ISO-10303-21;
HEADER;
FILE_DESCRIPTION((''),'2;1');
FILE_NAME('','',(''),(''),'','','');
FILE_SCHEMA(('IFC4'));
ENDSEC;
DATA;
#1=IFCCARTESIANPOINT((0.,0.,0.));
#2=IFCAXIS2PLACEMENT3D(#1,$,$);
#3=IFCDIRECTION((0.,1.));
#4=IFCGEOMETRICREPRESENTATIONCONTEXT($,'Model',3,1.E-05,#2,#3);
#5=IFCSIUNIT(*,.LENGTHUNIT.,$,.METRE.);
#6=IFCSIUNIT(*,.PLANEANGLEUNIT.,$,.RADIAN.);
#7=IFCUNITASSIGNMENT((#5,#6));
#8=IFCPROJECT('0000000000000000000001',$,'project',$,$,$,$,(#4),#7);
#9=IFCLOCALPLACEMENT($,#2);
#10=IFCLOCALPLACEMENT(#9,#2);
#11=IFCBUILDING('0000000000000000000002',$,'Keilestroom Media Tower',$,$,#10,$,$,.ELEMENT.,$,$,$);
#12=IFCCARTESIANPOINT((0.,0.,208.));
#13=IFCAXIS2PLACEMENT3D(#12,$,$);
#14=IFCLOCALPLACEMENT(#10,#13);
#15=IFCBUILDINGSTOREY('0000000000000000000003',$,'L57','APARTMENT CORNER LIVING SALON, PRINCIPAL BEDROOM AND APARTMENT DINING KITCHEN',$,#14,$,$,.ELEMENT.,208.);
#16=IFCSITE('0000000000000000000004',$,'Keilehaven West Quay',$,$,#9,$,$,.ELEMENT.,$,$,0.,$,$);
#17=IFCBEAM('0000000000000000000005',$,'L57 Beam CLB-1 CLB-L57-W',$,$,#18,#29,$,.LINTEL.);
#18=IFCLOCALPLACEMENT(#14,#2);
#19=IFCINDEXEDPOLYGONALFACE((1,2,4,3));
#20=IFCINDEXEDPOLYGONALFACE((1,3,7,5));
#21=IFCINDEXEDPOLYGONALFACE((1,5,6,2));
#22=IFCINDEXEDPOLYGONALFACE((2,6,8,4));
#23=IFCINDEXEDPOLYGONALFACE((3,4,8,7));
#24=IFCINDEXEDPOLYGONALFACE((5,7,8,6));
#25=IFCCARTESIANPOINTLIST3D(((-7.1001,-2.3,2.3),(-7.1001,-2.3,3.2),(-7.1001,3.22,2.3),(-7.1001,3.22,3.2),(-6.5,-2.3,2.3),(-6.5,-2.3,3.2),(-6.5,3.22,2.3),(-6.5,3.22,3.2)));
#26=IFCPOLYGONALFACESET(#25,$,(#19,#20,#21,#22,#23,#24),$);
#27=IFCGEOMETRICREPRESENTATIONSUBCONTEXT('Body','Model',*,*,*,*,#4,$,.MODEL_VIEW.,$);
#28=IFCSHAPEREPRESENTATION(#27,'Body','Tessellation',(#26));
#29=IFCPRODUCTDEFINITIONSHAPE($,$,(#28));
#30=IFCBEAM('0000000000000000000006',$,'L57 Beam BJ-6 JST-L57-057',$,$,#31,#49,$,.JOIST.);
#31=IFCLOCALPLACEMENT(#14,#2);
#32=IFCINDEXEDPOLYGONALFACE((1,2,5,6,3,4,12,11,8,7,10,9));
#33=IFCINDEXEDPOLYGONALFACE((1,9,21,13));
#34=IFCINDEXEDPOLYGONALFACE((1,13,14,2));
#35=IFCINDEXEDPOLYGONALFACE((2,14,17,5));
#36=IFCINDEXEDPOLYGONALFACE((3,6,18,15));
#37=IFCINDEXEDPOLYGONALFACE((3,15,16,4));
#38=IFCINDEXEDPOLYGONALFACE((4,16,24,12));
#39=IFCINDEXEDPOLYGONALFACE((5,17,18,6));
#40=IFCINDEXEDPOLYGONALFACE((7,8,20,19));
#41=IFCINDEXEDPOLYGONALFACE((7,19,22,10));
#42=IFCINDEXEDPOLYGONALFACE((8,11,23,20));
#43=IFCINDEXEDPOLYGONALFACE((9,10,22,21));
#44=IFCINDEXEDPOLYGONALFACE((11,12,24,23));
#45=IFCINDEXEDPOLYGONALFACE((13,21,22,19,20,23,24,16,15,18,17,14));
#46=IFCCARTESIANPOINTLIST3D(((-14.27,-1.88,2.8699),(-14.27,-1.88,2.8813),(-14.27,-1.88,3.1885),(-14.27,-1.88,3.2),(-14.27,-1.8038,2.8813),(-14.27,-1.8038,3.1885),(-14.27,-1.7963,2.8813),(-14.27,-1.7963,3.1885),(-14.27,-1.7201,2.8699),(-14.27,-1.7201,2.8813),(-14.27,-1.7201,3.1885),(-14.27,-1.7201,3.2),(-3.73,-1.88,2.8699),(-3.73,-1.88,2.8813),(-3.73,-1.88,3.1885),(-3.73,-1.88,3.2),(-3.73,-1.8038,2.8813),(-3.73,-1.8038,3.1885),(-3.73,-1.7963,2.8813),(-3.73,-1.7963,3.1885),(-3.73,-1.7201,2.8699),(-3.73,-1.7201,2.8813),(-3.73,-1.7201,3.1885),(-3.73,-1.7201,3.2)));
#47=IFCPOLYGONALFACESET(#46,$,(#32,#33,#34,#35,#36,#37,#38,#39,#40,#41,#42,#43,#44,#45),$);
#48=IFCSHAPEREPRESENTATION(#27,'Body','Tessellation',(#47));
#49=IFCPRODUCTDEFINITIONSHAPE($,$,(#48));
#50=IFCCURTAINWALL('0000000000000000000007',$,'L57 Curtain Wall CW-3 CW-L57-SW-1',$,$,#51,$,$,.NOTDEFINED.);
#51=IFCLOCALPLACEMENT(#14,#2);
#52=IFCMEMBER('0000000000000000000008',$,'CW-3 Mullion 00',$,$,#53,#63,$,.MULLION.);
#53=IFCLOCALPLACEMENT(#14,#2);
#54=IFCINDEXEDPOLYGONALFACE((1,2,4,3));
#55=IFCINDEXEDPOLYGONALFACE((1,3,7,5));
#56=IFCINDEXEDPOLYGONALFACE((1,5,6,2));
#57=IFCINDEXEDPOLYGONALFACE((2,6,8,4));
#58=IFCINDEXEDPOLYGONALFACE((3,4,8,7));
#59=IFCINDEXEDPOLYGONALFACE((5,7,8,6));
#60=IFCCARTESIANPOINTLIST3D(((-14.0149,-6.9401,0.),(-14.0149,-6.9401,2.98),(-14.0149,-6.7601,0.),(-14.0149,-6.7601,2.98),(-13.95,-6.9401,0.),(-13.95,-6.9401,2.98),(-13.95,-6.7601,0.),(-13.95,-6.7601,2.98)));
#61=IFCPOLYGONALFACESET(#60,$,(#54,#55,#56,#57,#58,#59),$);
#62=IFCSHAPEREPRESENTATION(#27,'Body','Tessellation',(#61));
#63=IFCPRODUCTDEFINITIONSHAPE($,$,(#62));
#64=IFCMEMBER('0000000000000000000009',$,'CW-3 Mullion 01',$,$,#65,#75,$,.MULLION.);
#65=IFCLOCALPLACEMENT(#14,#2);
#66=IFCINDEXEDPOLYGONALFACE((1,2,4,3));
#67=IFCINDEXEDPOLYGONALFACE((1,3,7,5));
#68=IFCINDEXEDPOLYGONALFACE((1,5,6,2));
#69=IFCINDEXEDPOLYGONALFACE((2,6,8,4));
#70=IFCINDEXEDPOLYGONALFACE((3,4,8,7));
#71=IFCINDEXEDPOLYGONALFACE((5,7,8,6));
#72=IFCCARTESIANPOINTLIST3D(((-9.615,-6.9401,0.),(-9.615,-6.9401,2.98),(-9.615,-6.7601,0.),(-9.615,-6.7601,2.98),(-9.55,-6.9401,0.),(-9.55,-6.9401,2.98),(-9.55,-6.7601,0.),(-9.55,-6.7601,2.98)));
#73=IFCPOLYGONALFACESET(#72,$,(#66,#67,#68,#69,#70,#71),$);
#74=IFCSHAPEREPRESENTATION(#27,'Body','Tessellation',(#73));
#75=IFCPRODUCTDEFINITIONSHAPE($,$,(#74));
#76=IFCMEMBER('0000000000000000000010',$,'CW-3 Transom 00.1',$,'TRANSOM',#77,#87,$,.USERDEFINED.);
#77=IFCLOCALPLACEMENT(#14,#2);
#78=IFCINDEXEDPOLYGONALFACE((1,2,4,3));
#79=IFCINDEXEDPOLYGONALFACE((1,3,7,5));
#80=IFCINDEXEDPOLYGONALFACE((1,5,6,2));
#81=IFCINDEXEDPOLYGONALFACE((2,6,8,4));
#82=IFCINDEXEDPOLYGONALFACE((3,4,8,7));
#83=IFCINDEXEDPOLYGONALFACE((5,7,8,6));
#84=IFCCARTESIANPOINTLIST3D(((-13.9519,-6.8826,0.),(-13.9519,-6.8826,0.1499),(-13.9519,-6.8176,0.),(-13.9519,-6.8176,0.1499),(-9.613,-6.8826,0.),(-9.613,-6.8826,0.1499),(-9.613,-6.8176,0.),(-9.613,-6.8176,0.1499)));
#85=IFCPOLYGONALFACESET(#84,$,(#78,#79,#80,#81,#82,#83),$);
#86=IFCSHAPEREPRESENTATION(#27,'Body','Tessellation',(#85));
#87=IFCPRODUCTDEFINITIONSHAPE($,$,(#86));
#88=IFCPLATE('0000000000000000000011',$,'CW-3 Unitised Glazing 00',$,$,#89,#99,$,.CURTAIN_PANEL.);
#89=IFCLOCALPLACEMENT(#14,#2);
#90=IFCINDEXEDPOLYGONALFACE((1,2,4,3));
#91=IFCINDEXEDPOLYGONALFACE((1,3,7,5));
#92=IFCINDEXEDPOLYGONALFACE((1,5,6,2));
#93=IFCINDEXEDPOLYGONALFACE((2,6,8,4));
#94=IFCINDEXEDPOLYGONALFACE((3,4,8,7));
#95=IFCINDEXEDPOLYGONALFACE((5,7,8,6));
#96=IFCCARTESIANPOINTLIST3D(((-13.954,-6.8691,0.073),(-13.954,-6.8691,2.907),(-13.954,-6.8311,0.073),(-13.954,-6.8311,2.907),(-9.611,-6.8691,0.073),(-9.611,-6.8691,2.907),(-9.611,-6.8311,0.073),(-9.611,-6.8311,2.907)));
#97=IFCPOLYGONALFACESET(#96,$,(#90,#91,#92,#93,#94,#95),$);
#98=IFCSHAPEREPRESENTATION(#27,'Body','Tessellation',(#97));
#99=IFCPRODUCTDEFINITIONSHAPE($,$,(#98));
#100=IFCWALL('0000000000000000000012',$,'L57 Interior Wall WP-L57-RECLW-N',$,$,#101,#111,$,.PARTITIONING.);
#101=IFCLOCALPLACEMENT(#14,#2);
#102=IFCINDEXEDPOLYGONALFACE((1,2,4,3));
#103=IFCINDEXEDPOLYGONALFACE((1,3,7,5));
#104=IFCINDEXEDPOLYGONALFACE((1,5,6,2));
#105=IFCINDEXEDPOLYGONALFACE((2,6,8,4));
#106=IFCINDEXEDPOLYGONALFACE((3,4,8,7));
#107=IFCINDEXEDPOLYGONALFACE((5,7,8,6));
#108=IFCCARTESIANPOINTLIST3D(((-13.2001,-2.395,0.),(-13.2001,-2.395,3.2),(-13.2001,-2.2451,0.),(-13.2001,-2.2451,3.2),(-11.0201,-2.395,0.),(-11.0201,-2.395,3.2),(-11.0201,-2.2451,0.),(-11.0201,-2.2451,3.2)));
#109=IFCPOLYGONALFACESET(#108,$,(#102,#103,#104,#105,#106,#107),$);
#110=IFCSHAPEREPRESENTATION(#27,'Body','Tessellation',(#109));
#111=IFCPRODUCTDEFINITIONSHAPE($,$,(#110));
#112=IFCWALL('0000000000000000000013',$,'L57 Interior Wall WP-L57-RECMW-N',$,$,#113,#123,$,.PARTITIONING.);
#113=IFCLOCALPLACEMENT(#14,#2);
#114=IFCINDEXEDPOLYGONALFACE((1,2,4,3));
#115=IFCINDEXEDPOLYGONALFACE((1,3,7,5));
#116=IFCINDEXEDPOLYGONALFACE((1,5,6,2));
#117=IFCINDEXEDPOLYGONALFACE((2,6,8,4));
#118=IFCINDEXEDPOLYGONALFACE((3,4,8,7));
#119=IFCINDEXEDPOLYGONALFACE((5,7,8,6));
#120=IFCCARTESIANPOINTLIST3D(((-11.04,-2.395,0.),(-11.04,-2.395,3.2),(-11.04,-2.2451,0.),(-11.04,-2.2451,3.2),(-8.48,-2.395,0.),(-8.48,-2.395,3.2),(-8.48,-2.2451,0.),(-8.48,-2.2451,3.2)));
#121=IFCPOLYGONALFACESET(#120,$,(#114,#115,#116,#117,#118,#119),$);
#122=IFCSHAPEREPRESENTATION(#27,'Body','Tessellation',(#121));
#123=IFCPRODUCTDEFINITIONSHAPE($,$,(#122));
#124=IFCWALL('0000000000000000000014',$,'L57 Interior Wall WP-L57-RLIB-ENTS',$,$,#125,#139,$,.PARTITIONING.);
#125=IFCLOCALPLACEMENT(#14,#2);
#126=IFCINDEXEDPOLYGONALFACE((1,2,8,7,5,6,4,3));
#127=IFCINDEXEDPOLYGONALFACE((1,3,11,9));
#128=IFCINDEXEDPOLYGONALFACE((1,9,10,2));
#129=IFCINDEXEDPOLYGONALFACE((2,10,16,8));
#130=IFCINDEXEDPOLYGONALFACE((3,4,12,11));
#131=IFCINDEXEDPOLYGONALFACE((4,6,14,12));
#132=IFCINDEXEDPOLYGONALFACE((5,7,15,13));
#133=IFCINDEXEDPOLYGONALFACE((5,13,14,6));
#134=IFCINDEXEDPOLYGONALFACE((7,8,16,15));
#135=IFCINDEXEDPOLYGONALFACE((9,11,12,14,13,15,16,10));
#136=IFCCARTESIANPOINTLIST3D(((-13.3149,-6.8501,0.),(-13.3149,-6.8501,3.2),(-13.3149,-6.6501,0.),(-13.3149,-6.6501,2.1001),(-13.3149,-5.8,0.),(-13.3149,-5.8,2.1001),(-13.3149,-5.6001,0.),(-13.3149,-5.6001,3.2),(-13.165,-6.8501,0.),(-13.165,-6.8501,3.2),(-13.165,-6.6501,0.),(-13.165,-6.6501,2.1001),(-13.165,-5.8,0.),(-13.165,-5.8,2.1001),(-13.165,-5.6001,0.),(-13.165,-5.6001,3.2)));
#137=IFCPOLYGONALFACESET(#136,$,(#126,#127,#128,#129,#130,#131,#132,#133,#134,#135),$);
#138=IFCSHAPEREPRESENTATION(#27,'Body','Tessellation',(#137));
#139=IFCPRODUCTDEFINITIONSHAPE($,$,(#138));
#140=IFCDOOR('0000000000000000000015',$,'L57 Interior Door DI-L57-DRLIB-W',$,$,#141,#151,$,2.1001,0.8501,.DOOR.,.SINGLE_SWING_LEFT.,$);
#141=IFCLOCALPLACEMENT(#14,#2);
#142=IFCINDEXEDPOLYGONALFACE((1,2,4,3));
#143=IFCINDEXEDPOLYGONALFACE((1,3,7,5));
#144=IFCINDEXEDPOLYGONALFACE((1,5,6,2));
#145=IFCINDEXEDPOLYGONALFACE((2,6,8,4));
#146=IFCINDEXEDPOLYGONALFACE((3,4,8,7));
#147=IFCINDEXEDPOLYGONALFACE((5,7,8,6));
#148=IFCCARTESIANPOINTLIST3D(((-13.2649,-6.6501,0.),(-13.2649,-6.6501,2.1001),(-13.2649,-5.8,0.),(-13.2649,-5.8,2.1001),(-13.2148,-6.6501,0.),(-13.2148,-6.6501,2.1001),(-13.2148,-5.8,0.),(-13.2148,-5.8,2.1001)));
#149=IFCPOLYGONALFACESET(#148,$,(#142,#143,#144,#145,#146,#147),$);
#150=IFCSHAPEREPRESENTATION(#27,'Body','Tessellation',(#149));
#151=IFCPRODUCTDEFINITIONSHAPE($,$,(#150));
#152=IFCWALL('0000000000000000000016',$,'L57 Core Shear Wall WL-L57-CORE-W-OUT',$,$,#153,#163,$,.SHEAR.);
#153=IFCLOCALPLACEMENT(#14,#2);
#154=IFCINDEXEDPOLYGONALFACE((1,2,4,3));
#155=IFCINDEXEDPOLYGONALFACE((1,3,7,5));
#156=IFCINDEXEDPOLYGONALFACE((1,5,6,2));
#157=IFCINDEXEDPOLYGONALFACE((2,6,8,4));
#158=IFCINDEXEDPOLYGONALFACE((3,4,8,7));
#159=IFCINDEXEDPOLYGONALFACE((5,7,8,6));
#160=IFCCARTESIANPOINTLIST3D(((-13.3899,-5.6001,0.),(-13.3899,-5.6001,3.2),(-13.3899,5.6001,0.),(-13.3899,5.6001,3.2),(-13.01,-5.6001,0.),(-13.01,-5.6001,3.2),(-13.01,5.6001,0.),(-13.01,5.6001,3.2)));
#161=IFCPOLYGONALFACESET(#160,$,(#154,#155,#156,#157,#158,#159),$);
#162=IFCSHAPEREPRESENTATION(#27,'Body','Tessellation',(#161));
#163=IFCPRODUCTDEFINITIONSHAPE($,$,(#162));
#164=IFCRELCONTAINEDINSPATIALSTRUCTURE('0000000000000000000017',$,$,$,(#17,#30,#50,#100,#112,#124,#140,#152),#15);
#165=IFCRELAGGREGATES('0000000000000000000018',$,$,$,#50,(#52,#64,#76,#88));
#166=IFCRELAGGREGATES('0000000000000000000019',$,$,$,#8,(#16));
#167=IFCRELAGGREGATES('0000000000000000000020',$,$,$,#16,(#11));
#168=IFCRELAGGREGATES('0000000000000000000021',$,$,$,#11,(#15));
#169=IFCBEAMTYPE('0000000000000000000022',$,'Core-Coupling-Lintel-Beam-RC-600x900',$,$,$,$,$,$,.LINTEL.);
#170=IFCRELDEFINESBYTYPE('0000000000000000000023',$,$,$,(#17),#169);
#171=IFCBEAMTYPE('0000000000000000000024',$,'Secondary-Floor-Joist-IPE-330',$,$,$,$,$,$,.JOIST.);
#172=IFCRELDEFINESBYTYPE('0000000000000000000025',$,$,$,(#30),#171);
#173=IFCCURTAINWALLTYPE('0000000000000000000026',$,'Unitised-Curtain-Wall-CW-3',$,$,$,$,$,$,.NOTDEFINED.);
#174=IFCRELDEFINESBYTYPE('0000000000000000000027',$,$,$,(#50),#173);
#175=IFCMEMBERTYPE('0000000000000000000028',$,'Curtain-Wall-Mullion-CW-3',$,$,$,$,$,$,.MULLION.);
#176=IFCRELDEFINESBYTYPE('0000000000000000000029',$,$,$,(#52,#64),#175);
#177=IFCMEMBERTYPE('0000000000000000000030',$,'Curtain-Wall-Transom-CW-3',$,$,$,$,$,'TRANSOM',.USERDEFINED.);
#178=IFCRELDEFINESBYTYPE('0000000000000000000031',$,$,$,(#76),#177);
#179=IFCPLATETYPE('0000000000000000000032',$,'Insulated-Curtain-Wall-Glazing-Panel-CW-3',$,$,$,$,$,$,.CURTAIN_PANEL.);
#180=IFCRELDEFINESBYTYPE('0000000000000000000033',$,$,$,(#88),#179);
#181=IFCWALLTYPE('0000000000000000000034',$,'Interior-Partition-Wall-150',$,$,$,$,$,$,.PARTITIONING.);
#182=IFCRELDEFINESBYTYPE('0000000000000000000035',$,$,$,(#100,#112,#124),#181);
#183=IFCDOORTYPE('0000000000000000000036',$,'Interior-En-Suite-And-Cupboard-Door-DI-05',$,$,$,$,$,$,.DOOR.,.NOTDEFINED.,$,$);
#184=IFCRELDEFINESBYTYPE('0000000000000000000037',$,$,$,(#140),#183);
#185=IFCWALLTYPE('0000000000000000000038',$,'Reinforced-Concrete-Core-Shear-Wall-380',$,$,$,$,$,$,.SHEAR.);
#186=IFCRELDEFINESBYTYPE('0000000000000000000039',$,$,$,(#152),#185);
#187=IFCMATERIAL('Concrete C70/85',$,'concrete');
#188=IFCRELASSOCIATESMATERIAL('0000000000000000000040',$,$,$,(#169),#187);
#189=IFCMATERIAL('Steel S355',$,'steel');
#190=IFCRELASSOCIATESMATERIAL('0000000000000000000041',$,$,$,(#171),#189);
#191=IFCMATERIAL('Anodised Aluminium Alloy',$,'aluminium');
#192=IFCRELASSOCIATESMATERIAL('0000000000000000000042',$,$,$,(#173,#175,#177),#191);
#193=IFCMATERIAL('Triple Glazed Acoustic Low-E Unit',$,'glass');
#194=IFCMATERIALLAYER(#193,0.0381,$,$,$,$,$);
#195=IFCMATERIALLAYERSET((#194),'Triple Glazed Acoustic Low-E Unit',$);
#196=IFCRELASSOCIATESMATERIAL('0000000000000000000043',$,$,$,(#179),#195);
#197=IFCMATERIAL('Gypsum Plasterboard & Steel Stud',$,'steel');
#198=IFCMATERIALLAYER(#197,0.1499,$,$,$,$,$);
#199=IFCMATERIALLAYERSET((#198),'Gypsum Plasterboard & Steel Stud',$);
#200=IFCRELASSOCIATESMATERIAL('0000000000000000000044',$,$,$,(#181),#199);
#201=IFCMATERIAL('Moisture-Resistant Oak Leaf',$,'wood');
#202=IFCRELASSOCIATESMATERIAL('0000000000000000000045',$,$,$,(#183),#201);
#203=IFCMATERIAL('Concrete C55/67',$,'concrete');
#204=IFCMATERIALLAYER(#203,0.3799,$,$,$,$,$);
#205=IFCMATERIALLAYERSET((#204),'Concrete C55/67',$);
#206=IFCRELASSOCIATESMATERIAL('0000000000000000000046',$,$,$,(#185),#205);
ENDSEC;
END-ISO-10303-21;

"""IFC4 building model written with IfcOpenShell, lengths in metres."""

from ifc_helpers import new_model, si_unit, direction, frame, frame_2d, origin, origin_2d, place, context, subcontext, project, spatial, rectangle, i_section, extrude, source, transform, mapped, material, layer, layer_set, material_profile, profile_set, type_object, element, fill, aggregate, save


model = new_model("IFC4")

# Units and contexts
model_context = context("Model", 3, precision=1e-05, world=origin(), true_north=direction((0.0, 1.0)))
body_context = subcontext(model_context, "Body", "Model", "MODEL_VIEW")
ifc_project = project(units=[si_unit("LENGTHUNIT", "METRE"), si_unit("PLANEANGLEUNIT", "RADIAN")], contexts=[model_context])

# Site, building, storey
site_placement = place(None, origin())
site = spatial("IfcSite", under=ifc_project, at=site_placement, Name="Keilehaven West Quay", CompositionType="ELEMENT", RefElevation=0.0)
building_placement = place(site_placement, origin())
building = spatial("IfcBuilding", under=site, at=building_placement, Name="Keilestroom Media Tower", CompositionType="ELEMENT")
storey_placement = place(building_placement, frame((0.0, 0.0, 208.0)))
storey = spatial("IfcBuildingStorey", under=building, at=storey_placement, Name="L57", Description="APARTMENT CORNER LIVING SALON, PRINCIPAL BEDROOM AND APARTMENT DINING KITCHEN", CompositionType="ELEMENT", Elevation=208.0)

# Beams
ifc_material_1 = material(Name="Concrete C70/85", Category="concrete")
ifc_material_profile_1 = material_profile(ifc_material_1, rectangle(XDim=0.6001, YDim=0.8999, at=origin_2d()), Name="RC 600x900")
ifc_profile_set_1 = profile_set([ifc_material_profile_1], Name="Concrete C70/85")
beam_type_1 = type_object("IfcBeamType", Name="Core-Coupling-Lintel-Beam-RC-600x900", PredefinedType="LINTEL", material=ifc_profile_set_1)
shared_shape_1 = source(origin(), body_context, "Body", "SweptSolid", [
    extrude(rectangle(XDim=0.6001, YDim=0.8999, at=origin_2d()), origin(), (0.0, 0.0, 1.0), 5.52),
])
beam_1_placement = place(storey_placement, frame((-6.8, -2.3, 2.75), z_axis=(0.0, 1.0, 0.0), x_axis=(-1.0, 0.0, 0.0)))
element("IfcBeam", 1, at=beam_1_placement, inside=storey, type_object=beam_type_1, Name="L57 Beam CLB-1 CLB-L57-W", PredefinedType="LINTEL", context=body_context, shape_type="MappedRepresentation", body=[
    mapped(shared_shape_1, transform((0.0, 0.0, 0.0), x_axis=(1.0, 0.0, 0.0), y_axis=(0.0, 1.0, 0.0), z_axis=(0.0, 0.0, 1.0), scale=1.0)),
])
ifc_material_2 = material(Name="Steel S355", Category="steel")
ifc_material_profile_2 = material_profile(ifc_material_2, i_section(OverallWidth=0.1599, OverallDepth=0.3301, WebThickness=0.0076, FlangeThickness=0.0115, at=origin_2d()), Name="IPE 330")
ifc_profile_set_2 = profile_set([ifc_material_profile_2], Name="Steel S355")
beam_type_2 = type_object("IfcBeamType", Name="Secondary-Floor-Joist-IPE-330", PredefinedType="JOIST", material=ifc_profile_set_2)
shared_shape_2 = source(origin(), body_context, "Body", "SweptSolid", [
    extrude(i_section(OverallWidth=0.1599, OverallDepth=0.3301, WebThickness=0.0076, FlangeThickness=0.0115, at=origin_2d()), origin(), (0.0, 0.0, 1.0), 10.54),
])
beam_2_placement = place(storey_placement, frame((-14.27, -1.8, 3.0349), z_axis=(1.0, 0.0, 0.0), x_axis=(0.0, 1.0, 0.0)))
element("IfcBeam", 2, at=beam_2_placement, inside=storey, type_object=beam_type_2, Name="L57 Beam BJ-6 JST-L57-057", PredefinedType="JOIST", context=body_context, shape_type="MappedRepresentation", body=[
    mapped(shared_shape_2, transform((0.0, 0.0, 0.0), x_axis=(1.0, 0.0, 0.0), y_axis=(0.0, 1.0, 0.0), z_axis=(0.0, 0.0, 1.0), scale=1.0)),
])

# Curtain wall, members, plate
ifc_material_3 = material(Name="Anodised Aluminium Alloy", Category="aluminium")
curtain_wall_type = type_object("IfcCurtainWallType", Name="Unitised-Curtain-Wall-CW-3", PredefinedType="NOTDEFINED", material=ifc_material_3)
curtain_wall_placement = place(storey_placement, origin())
curtain_wall = element("IfcCurtainWall", 3, at=curtain_wall_placement, inside=storey, type_object=curtain_wall_type, Name="L57 Curtain Wall CW-3 CW-L57-SW-1", PredefinedType="NOTDEFINED")
ifc_material_profile_3 = material_profile(ifc_material_3, rectangle(XDim=0.0649, YDim=0.1799, at=origin_2d()), Name="ALU MULLION 65x180")
ifc_profile_set_3 = profile_set([ifc_material_profile_3], Name="Anodised Aluminium Alloy")
member_type_1 = type_object("IfcMemberType", Name="Curtain-Wall-Mullion-CW-3", PredefinedType="MULLION", material=ifc_profile_set_3)
shared_shape_3 = source(origin(), body_context, "Body", "SweptSolid", [
    extrude(rectangle(XDim=0.0649, YDim=0.1799, at=origin_2d()), origin(), (0.0, 0.0, 1.0), 2.98),
])
member_1_placement = place(storey_placement, frame((-13.9824, -6.8501, 0.0), z_axis=(0.0, 0.0, 1.0), x_axis=(1.0, 0.0, 0.0)))
member_1 = element("IfcMember", 4, at=member_1_placement, type_object=member_type_1, Name="CW-3 Mullion 00", PredefinedType="MULLION", context=body_context, shape_type="MappedRepresentation", body=[
    mapped(shared_shape_3, transform((0.0, 0.0, 0.0), x_axis=(1.0, 0.0, 0.0), y_axis=(0.0, 1.0, 0.0), z_axis=(0.0, 0.0, 1.0), scale=1.0)),
])
member_2_placement = place(storey_placement, frame((-9.5825, -6.8501, 0.0), z_axis=(0.0, 0.0, 1.0), x_axis=(1.0, 0.0, 0.0)))
member_2 = element("IfcMember", 5, at=member_2_placement, type_object=member_type_1, Name="CW-3 Mullion 01", PredefinedType="MULLION", context=body_context, shape_type="MappedRepresentation", body=[
    mapped(shared_shape_3, transform((0.0, 0.0, 0.0), x_axis=(1.0, 0.0, 0.0), y_axis=(0.0, 1.0, 0.0), z_axis=(0.0, 0.0, 1.0), scale=1.0)),
])
ifc_material_profile_4 = material_profile(ifc_material_3, rectangle(XDim=0.0649, YDim=0.1499, at=origin_2d()), Name="ALU TRANSOM 65x150")
ifc_profile_set_4 = profile_set([ifc_material_profile_4], Name="Anodised Aluminium Alloy")
member_type_2 = type_object("IfcMemberType", Name="Curtain-Wall-Transom-CW-3", ElementType="TRANSOM", PredefinedType="USERDEFINED", material=ifc_profile_set_4)
shared_shape_4 = source(origin(), body_context, "Body", "SweptSolid", [
    extrude(rectangle(XDim=0.0649, YDim=0.1499, at=origin_2d()), origin(), (0.0, 0.0, 1.0), 4.3389),
])
member_3_placement = place(storey_placement, frame((-13.9519, -6.8501, 0.075), z_axis=(1.0, 0.0, 0.0), x_axis=(0.0, 1.0, 0.0)))
member_3 = element("IfcMember", 6, at=member_3_placement, type_object=member_type_2, Name="CW-3 Transom 00.1", ObjectType="TRANSOM", PredefinedType="USERDEFINED", context=body_context, shape_type="MappedRepresentation", body=[
    mapped(shared_shape_4, transform((0.0, 0.0, 0.0), x_axis=(1.0, 0.0, 0.0), y_axis=(0.0, 1.0, 0.0), z_axis=(0.0, 0.0, 1.0), scale=1.0)),
])
ifc_material_4 = material(Name="Triple Glazed Acoustic Low-E Unit", Category="glass")
ifc_layer_1 = layer(ifc_material_4, 0.0381)
ifc_layer_set_1 = layer_set([ifc_layer_1], Name="Triple Glazed Acoustic Low-E Unit")
plate_type = type_object("IfcPlateType", Name="Insulated-Curtain-Wall-Glazing-Panel-CW-3", PredefinedType="CURTAIN_PANEL", material=ifc_layer_set_1)
shared_shape_5 = source(origin(), body_context, "Body", "SweptSolid", [
    extrude(rectangle(XDim=4.343, YDim=0.0381, at=origin_2d()), origin(), (0.0, 0.0, 1.0), 2.834),
])
plate_placement = place(storey_placement, frame((-11.7825, -6.8501, 0.073), z_axis=(0.0, 0.0, 1.0), x_axis=(1.0, 0.0, 0.0)))
plate = element("IfcPlate", 7, at=plate_placement, type_object=plate_type, Name="CW-3 Unitised Glazing 00", PredefinedType="CURTAIN_PANEL", context=body_context, shape_type="MappedRepresentation", body=[
    mapped(shared_shape_5, transform((0.0, 0.0, 0.0), x_axis=(1.0, 0.0, 0.0), y_axis=(0.0, 1.0, 0.0), z_axis=(0.0, 0.0, 1.0), scale=1.0)),
])
aggregate(curtain_wall, [member_1, member_2, member_3, plate])

# Walls
ifc_material_5 = material(Name="Gypsum Plasterboard & Steel Stud", Category="steel")
ifc_layer_2 = layer(ifc_material_5, 0.1499)
ifc_layer_set_2 = layer_set([ifc_layer_2], Name="Gypsum Plasterboard & Steel Stud")
wall_type_1 = type_object("IfcWallType", Name="Interior-Partition-Wall-150", PredefinedType="PARTITIONING", material=ifc_layer_set_2)
wall_1_placement = place(storey_placement, frame((-13.2, -2.3201, 0.0), z_axis=(0.0, 0.0, 1.0), x_axis=(1.0, 0.0, 0.0)))
element("IfcWall", 8, at=wall_1_placement, inside=storey, type_object=wall_type_1, Name="L57 Interior Wall WP-L57-RECLW-N", PredefinedType="PARTITIONING", context=body_context, shape_type="SweptSolid", body=[
    extrude(rectangle(XDim=2.1799, YDim=0.1499, at=frame_2d((1.0898, 0.0))), origin(), (0.0, 0.0, 1.0), 3.2),
])
wall_2_placement = place(storey_placement, frame((-11.04, -2.3201, 0.0), z_axis=(0.0, 0.0, 1.0), x_axis=(1.0, 0.0, 0.0)))
element("IfcWall", 9, at=wall_2_placement, inside=storey, type_object=wall_type_1, Name="L57 Interior Wall WP-L57-RECMW-N", PredefinedType="PARTITIONING", context=body_context, shape_type="SweptSolid", body=[
    extrude(rectangle(XDim=2.5601, YDim=0.1499, at=frame_2d((1.28, 0.0))), origin(), (0.0, 0.0, 1.0), 3.2),
])

# Wall, opening, door
wall_3_placement = place(storey_placement, frame((-13.24, -6.8501, 0.0), z_axis=(0.0, 0.0, 1.0), x_axis=(0.0, 1.0, 0.0)))
wall_3 = element("IfcWall", 10, at=wall_3_placement, inside=storey, type_object=wall_type_1, Name="L57 Interior Wall WP-L57-RLIB-ENTS", PredefinedType="PARTITIONING", context=body_context, shape_type="SweptSolid", body=[
    extrude(rectangle(XDim=1.25, YDim=0.1499, at=frame_2d((0.625, 0.0))), origin(), (0.0, 0.0, 1.0), 3.2),
])
opening_1_placement = place(wall_3_placement, frame((0.2, 0.0, 0.0)))
opening_1 = element("IfcOpeningElement", 11, at=opening_1_placement, cuts=wall_3, PredefinedType="OPENING", context=body_context, shape_type="SweptSolid", body=[
    extrude(rectangle(XDim=0.8501, YDim=2.1001, at=frame_2d((0.425, 1.05))), frame((0.0, 0.085, 0.0), z_axis=(0.0, -1.0, 0.0), x_axis=(1.0, 0.0, 0.0)), (0.0, 0.0, 1.0), 0.1699),
])
ifc_material_6 = material(Name="Moisture-Resistant Oak Leaf", Category="wood")
door_type_1 = type_object("IfcDoorType", Name="Interior-En-Suite-And-Cupboard-Door-DI-05", OperationType="NOTDEFINED", PredefinedType="DOOR", material=ifc_material_6)
shared_shape_6 = source(origin(), body_context, "Body", "SweptSolid", [
    extrude(rectangle(XDim=0.8501, YDim=2.1001, at=frame_2d((0.425, 1.05))), frame((0.0, 0.0249, 0.0), z_axis=(0.0, -1.0, 0.0), x_axis=(1.0, 0.0, 0.0)), (0.0, 0.0, 1.0), 0.05),
])
door_1_placement = place(opening_1_placement, origin())
door_1 = element("IfcDoor", 12, at=door_1_placement, inside=storey, type_object=door_type_1, Name="L57 Interior Door DI-L57-DRLIB-W", OperationType="SINGLE_SWING_LEFT", OverallHeight=2.1001, OverallWidth=0.8501, PredefinedType="DOOR", context=body_context, shape_type="MappedRepresentation", body=[
    mapped(shared_shape_6, transform((0.0, 0.0, 0.0), x_axis=(1.0, 0.0, 0.0), y_axis=(0.0, 1.0, 0.0), z_axis=(0.0, 0.0, 1.0), scale=1.0)),
])
fill(opening_1, door_1)

# Wall
ifc_material_7 = material(Name="Concrete C55/67", Category="concrete")
ifc_layer_3 = layer(ifc_material_7, 0.3799)
ifc_layer_set_3 = layer_set([ifc_layer_3], Name="Concrete C55/67")
wall_type_2 = type_object("IfcWallType", Name="Reinforced-Concrete-Core-Shear-Wall-380", PredefinedType="SHEAR", material=ifc_layer_set_3)
wall_4_placement = place(storey_placement, frame((-13.2, -5.6001, 0.0), z_axis=(0.0, 0.0, 1.0), x_axis=(0.0, 1.0, 0.0)))
element("IfcWall", 13, at=wall_4_placement, inside=storey, type_object=wall_type_2, Name="L57 Core Shear Wall WL-L57-CORE-W-OUT", PredefinedType="SHEAR", context=body_context, shape_type="SweptSolid", body=[
    extrude(rectangle(XDim=11.2002, YDim=0.3799, at=frame_2d((5.6001, 0.0))), origin(), (0.0, 0.0, 1.0), 3.2),
])

save(model, "model.ifc")
